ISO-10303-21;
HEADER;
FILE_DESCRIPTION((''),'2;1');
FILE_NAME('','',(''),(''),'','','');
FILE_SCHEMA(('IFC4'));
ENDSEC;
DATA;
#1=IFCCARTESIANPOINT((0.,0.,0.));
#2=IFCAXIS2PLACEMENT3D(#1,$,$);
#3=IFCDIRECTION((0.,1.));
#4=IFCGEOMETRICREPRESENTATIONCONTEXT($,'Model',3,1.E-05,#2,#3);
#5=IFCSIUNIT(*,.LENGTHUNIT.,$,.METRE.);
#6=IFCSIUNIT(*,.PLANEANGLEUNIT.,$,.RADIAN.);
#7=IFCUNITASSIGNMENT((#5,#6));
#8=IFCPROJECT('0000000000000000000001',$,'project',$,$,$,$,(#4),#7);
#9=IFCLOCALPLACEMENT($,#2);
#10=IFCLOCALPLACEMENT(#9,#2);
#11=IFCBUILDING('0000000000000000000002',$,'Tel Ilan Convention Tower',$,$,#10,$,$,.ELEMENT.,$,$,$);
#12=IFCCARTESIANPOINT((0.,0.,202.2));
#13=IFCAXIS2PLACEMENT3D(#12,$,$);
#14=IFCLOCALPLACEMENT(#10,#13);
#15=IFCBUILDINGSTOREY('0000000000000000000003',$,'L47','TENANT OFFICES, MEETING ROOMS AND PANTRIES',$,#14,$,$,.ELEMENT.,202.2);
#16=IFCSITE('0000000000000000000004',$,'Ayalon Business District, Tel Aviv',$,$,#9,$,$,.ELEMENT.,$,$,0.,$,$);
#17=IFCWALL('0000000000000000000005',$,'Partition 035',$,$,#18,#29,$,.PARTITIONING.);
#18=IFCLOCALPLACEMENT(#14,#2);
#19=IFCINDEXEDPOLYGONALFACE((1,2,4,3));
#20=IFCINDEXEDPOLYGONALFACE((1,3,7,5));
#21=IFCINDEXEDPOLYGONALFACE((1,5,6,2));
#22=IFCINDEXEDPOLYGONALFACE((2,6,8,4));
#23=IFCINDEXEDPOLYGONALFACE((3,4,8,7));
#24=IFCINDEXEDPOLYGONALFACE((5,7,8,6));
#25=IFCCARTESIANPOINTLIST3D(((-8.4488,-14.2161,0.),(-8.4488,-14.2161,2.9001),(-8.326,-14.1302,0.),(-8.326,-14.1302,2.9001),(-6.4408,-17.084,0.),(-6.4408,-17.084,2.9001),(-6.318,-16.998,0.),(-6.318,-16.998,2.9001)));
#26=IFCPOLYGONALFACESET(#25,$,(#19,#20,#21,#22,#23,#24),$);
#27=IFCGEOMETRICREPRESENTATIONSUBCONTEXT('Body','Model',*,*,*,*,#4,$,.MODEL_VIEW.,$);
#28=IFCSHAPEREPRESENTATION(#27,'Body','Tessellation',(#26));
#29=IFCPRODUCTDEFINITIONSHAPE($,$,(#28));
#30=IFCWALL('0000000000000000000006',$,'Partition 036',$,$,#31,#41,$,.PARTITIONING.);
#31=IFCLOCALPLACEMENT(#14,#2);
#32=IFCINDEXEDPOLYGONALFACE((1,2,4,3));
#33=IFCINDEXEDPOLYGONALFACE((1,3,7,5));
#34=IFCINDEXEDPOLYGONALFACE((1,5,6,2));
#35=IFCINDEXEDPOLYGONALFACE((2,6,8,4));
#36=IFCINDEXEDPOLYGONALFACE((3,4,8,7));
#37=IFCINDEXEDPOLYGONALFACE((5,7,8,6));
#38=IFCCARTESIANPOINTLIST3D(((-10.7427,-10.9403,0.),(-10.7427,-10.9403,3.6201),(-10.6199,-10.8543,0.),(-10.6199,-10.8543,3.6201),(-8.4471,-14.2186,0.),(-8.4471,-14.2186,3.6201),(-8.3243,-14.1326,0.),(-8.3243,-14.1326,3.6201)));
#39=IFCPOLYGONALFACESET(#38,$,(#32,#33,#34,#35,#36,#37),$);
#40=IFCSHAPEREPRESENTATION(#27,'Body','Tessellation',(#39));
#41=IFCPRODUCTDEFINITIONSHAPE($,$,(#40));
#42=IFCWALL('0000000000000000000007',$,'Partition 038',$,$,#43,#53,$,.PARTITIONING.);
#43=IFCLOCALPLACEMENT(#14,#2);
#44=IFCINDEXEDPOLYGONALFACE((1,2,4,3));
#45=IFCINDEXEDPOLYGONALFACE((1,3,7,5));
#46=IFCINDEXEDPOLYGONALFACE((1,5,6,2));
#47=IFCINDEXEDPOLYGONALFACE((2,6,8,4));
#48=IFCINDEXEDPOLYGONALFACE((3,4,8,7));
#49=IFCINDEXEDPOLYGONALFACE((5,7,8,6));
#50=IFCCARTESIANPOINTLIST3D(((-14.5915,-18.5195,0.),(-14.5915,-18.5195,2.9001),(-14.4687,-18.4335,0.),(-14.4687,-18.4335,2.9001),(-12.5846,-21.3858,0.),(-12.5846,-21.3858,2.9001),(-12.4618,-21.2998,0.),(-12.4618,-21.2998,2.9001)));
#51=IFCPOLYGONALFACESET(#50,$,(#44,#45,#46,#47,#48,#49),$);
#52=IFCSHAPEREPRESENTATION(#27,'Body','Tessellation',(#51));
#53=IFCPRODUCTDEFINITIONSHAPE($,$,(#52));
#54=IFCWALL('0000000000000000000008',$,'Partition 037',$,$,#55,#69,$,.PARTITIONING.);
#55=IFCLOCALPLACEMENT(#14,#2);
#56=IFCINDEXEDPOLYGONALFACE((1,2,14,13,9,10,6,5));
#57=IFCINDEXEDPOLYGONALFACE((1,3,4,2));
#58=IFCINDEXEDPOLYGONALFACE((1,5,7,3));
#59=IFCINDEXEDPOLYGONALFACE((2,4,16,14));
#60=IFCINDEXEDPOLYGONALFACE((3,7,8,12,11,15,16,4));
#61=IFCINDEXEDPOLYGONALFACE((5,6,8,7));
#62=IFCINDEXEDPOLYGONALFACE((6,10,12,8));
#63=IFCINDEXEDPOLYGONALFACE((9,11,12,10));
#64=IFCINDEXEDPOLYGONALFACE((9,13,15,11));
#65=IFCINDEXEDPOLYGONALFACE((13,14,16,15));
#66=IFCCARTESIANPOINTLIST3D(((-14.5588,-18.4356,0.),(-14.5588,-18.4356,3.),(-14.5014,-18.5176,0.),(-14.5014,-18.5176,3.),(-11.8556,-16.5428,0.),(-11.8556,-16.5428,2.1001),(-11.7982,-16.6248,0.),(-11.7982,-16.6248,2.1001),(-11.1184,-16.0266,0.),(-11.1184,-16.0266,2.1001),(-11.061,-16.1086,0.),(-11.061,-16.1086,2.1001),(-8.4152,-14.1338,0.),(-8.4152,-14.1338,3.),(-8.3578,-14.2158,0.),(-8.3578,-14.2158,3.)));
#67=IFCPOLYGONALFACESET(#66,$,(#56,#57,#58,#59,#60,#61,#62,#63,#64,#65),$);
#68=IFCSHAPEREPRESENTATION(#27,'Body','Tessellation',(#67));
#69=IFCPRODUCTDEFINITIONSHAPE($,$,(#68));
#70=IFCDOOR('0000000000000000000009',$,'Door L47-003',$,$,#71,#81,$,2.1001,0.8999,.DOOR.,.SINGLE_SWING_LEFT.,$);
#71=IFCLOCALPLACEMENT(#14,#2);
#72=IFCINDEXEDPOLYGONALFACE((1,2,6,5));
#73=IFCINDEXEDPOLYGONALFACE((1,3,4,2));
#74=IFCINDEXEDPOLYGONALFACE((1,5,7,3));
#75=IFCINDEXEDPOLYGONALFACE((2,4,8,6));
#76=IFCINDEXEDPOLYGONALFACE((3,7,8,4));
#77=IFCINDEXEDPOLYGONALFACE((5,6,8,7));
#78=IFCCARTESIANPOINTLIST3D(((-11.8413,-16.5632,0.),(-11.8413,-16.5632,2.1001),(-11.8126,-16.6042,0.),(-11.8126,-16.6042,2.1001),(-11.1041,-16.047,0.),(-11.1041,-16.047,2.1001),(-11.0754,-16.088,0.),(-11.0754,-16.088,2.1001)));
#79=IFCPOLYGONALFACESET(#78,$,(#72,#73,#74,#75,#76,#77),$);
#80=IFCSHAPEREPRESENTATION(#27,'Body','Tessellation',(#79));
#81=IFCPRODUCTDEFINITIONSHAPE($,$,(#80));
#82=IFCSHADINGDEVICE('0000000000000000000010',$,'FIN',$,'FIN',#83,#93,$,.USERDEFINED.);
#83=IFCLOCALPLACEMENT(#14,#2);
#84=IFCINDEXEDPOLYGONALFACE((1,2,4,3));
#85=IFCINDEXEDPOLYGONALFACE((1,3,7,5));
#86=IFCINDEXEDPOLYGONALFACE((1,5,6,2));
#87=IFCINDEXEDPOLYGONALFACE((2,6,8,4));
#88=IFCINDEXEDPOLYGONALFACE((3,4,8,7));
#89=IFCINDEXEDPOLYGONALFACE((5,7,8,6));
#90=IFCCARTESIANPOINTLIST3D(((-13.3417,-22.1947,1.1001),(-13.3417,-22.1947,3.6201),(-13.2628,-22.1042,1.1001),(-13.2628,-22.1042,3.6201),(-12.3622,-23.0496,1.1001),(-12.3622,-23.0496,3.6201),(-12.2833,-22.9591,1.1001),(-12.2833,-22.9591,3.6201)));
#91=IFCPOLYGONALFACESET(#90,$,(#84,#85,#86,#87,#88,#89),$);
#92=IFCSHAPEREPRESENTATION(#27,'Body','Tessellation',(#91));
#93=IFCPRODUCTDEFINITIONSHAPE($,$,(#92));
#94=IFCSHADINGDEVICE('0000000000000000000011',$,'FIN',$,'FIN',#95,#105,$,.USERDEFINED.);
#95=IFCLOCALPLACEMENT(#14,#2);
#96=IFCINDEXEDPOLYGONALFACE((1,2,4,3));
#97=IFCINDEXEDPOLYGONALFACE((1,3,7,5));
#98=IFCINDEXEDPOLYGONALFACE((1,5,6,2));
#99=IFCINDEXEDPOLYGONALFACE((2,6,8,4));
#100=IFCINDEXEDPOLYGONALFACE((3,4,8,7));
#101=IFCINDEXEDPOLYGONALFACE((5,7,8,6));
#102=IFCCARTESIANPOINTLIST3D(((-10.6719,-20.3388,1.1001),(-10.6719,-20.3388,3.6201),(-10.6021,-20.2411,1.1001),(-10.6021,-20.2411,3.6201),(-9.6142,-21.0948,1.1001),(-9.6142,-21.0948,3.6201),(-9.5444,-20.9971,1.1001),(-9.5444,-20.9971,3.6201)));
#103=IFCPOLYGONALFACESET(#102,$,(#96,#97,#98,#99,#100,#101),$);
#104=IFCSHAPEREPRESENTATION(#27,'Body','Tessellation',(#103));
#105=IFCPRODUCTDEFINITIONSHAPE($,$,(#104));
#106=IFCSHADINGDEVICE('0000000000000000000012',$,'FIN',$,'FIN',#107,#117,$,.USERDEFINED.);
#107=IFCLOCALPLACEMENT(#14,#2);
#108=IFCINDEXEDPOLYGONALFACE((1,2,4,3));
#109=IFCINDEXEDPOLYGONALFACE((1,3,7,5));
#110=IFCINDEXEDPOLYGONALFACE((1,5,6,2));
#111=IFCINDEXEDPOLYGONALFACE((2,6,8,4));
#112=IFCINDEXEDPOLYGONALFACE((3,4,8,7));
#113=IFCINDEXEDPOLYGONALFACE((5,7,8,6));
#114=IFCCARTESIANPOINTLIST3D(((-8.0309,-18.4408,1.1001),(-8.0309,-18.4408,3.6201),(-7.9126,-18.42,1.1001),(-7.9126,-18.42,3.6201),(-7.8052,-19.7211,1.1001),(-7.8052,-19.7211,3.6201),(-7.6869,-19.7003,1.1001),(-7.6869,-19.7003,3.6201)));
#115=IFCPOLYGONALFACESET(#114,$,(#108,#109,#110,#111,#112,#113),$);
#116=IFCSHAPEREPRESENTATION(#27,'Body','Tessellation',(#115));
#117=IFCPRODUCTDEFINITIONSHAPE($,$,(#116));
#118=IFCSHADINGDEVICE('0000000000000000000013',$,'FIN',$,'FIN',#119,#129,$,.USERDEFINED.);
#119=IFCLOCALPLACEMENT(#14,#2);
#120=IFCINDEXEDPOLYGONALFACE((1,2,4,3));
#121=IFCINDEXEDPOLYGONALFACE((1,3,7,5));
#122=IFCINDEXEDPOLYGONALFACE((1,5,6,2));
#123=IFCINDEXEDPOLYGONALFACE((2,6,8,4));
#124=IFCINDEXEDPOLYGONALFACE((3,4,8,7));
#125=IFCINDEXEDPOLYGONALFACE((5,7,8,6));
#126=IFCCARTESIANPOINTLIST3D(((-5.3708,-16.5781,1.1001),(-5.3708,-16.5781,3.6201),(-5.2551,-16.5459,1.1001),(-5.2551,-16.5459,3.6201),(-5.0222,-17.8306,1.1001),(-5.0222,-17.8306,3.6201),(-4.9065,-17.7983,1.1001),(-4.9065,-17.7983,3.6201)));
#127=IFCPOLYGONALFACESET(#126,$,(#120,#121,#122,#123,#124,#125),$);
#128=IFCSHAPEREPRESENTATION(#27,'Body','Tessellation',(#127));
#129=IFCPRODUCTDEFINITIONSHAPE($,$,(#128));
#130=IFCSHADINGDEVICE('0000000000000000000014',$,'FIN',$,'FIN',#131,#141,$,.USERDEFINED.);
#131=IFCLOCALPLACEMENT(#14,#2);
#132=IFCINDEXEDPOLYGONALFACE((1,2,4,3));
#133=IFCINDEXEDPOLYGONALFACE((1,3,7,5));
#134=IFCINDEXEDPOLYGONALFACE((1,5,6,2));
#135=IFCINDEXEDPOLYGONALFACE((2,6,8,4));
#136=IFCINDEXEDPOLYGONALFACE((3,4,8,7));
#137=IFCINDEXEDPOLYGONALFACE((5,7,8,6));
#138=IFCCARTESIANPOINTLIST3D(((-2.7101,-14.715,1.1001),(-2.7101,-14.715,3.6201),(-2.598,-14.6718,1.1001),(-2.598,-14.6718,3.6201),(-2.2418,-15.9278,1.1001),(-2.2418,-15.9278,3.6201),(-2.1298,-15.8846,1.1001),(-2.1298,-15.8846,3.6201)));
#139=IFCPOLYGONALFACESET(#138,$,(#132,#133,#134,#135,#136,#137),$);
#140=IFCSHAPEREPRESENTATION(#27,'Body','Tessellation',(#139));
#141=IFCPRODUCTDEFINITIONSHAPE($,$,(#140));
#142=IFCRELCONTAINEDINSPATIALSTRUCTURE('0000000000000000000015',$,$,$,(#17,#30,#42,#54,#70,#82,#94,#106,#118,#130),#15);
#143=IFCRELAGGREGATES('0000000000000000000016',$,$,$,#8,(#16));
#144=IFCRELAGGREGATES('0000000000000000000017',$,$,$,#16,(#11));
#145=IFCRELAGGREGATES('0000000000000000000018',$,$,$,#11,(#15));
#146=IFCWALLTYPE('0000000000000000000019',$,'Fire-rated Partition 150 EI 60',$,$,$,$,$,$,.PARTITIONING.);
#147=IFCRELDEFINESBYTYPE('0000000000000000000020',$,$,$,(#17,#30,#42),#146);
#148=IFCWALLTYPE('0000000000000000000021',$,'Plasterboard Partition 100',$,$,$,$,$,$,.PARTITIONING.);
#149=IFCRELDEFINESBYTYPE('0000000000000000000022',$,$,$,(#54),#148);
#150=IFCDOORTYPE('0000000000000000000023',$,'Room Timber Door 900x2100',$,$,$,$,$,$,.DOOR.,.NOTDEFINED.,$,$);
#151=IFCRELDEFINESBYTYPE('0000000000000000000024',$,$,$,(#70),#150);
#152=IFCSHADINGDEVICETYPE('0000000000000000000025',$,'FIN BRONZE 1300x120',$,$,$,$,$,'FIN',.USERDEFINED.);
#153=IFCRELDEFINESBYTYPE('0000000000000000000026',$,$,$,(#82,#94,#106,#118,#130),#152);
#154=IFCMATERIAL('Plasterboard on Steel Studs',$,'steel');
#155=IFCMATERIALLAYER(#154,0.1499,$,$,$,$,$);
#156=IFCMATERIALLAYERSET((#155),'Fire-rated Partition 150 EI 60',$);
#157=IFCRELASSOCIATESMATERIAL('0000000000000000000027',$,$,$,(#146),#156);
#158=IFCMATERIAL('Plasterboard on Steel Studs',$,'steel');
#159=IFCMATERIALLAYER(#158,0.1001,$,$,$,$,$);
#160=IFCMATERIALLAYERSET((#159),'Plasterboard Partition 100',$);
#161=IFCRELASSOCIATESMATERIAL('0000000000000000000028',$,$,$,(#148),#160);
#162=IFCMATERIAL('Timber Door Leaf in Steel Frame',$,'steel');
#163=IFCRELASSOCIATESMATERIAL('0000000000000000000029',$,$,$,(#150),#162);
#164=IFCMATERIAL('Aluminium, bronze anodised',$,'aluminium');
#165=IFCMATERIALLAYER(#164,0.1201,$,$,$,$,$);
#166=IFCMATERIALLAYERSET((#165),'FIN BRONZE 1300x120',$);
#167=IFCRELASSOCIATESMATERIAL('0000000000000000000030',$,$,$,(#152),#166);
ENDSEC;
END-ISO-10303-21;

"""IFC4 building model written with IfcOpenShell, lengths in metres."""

from ifc_helpers import new_model, si_unit, direction, frame, frame_2d, origin, origin_2d, place, context, subcontext, project, spatial, rectangle, extrude, material, layer, layer_set, type_object, element, fill, save


model = new_model("IFC4")

# Units and contexts
model_context = context("Model", 3, precision=1e-05, world=origin(), true_north=direction((0.0, 1.0)))
body_context = subcontext(model_context, "Body", "Model", "MODEL_VIEW")
ifc_project = project(units=[si_unit("LENGTHUNIT", "METRE"), si_unit("PLANEANGLEUNIT", "RADIAN")], contexts=[model_context])

# Site, building, storey
site_placement = place(None, origin())
site = spatial("IfcSite", under=ifc_project, at=site_placement, Name="Ayalon Business District, Tel Aviv", CompositionType="ELEMENT", RefElevation=0.0)
building_placement = place(site_placement, origin())
building = spatial("IfcBuilding", under=site, at=building_placement, Name="Tel Ilan Convention Tower", CompositionType="ELEMENT")
storey_placement = place(building_placement, frame((0.0, 0.0, 202.2)))
storey = spatial("IfcBuildingStorey", under=building, at=storey_placement, Name="L47", Description="TENANT OFFICES, MEETING ROOMS AND PANTRIES", CompositionType="ELEMENT", Elevation=202.2)

# Walls
ifc_material_1 = material(Name="Plasterboard on Steel Studs", Category="steel")
ifc_layer_1 = layer(ifc_material_1, 0.1499)
ifc_layer_set_1 = layer_set([ifc_layer_1], Name="Fire-rated Partition 150 EI 60")
wall_type_1 = type_object("IfcWallType", Name="Fire-rated Partition 150 EI 60", PredefinedType="PARTITIONING", material=ifc_layer_set_1)
wall_1_placement = place(storey_placement, frame((-6.3794, -17.041, 0.0), z_axis=(0.0, 0.0, 1.0), x_axis=(-0.573561, 0.819163, 0.0)))
element("IfcWall", 1, at=wall_1_placement, inside=storey, type_object=wall_type_1, Name="Partition 035", PredefinedType="PARTITIONING", context=body_context, shape_type="SweptSolid", body=[
    extrude(rectangle(XDim=3.501, YDim=0.1499, at=frame_2d((1.7505, 0.0))), origin(), (0.0, 0.0, 1.0), 2.9001),
])
wall_2_placement = place(storey_placement, frame((-8.3857, -14.1755, 0.0), z_axis=(0.0, 0.0, 1.0), x_axis=(-0.573602, 0.819134, 0.0)))
element("IfcWall", 2, at=wall_2_placement, inside=storey, type_object=wall_type_1, Name="Partition 036", PredefinedType="PARTITIONING", context=body_context, shape_type="SweptSolid", body=[
    extrude(rectangle(XDim=4.0022, YDim=0.1499, at=frame_2d((2.001, 0.0))), origin(), (0.0, 0.0, 1.0), 3.6201),
])
wall_3_placement = place(storey_placement, frame((-12.5232, -21.3428, 0.0), z_axis=(0.0, 0.0, 1.0), x_axis=(-0.573556, 0.819166, 0.0)))
element("IfcWall", 3, at=wall_3_placement, inside=storey, type_object=wall_type_1, Name="Partition 038", PredefinedType="PARTITIONING", context=body_context, shape_type="SweptSolid", body=[
    extrude(rectangle(XDim=3.499, YDim=0.1499, at=frame_2d((1.7495, 0.0))), origin(), (0.0, 0.0, 1.0), 2.9001),
])

# Wall, opening, door
ifc_material_2 = material(Name="Plasterboard on Steel Studs", Category="steel")
ifc_layer_2 = layer(ifc_material_2, 0.1001)
ifc_layer_set_2 = layer_set([ifc_layer_2], Name="Plasterboard Partition 100")
wall_type_2 = type_object("IfcWallType", Name="Plasterboard Partition 100", PredefinedType="PARTITIONING", material=ifc_layer_set_2)
wall_4_placement = place(storey_placement, frame((-8.3865, -14.1748, 0.0), z_axis=(0.0, 0.0, 1.0), x_axis=(-0.819152, -0.573576, 0.0)))
wall_4 = element("IfcWall", 4, at=wall_4_placement, inside=storey, type_object=wall_type_2, Name="Partition 037", PredefinedType="PARTITIONING", context=body_context, shape_type="SweptSolid", body=[
    extrude(rectangle(XDim=7.5, YDim=0.1001, at=frame_2d((3.75, 0.0))), origin(), (0.0, 0.0, 1.0), 3.0),
])
opening_placement = place(wall_4_placement, frame((3.3, 0.0, 0.0)))
opening = element("IfcOpeningElement", 5, at=opening_placement, cuts=wall_4, PredefinedType="OPENING", context=body_context, shape_type="SweptSolid", body=[
    extrude(rectangle(XDim=0.8999, YDim=2.1001, at=frame_2d((0.45, 1.05))), frame((0.0, 0.0601, 0.0), z_axis=(0.0, -1.0, 0.0), x_axis=(1.0, 0.0, 0.0)), (0.0, 0.0, 1.0), 0.1201),
])
ifc_material_3 = material(Name="Timber Door Leaf in Steel Frame", Category="steel")
door_type = type_object("IfcDoorType", Name="Room Timber Door 900x2100", OperationType="NOTDEFINED", PredefinedType="DOOR", material=ifc_material_3)
door_placement = place(opening_placement, origin())
door = element("IfcDoor", 6, at=door_placement, inside=storey, type_object=door_type, Name="Door L47-003", OperationType="SINGLE_SWING_LEFT", OverallHeight=2.1001, OverallWidth=0.8999, PredefinedType="DOOR", context=body_context, shape_type="SweptSolid", body=[
    extrude(rectangle(XDim=0.8999, YDim=2.1001, at=frame_2d((0.45, 1.05))), frame((0.0, 0.0249, 0.0), z_axis=(0.0, -1.0, 0.0), x_axis=(1.0, 0.0, 0.0)), (0.0, 0.0, 1.0), 0.05),
])
fill(opening, door)

# Shading devices
ifc_material_4 = material(Name="Aluminium, bronze anodised", Category="aluminium")
ifc_layer_3 = layer(ifc_material_4, 0.1201)
ifc_layer_set_3 = layer_set([ifc_layer_3], Name="FIN BRONZE 1300x120")
shading_device_type = type_object("IfcShadingDeviceType", Name="FIN BRONZE 1300x120", ElementType="FIN", PredefinedType="USERDEFINED", material=ifc_layer_set_3)
for number, where, z_axis, x_axis, name in (
    (7, (-12.8125, -22.5769, 1.1001), (0.0, 0.0, 1.0), (0.753436, -0.657521, 0.0), "FIN"),
    (8, (-10.1082, -20.668, 1.1001), (0.0, 0.0, 1.0), (0.813552, -0.581492, 0.0), "FIN"),
    (9, (-7.8589, -19.0706, 1.1001), (0.0, 0.0, 1.0), (0.173648, -0.984808, 0.0), "FIN"),
    (10, (-5.1387, -17.1882, 1.1001), (0.0, 0.0, 1.0), (0.268173, -0.963371, 0.0), "FIN"),
    (11, (-2.4199, -15.2998, 1.1001), (0.0, 0.0, 1.0), (0.360178, -0.932884, 0.0), "FIN"),
):
    element("IfcShadingDevice", number, at=place(storey_placement, frame(where, z_axis=z_axis, x_axis=x_axis)), inside=storey, type_object=shading_device_type, Name=name, ObjectType="FIN", PredefinedType="USERDEFINED", context=body_context, shape_type="SweptSolid", body=[
        extrude(rectangle(XDim=1.3, YDim=0.1201, at=origin_2d()), origin(), (0.0, 0.0, 1.0), 2.52),
    ])

save(model, "model.ifc")
